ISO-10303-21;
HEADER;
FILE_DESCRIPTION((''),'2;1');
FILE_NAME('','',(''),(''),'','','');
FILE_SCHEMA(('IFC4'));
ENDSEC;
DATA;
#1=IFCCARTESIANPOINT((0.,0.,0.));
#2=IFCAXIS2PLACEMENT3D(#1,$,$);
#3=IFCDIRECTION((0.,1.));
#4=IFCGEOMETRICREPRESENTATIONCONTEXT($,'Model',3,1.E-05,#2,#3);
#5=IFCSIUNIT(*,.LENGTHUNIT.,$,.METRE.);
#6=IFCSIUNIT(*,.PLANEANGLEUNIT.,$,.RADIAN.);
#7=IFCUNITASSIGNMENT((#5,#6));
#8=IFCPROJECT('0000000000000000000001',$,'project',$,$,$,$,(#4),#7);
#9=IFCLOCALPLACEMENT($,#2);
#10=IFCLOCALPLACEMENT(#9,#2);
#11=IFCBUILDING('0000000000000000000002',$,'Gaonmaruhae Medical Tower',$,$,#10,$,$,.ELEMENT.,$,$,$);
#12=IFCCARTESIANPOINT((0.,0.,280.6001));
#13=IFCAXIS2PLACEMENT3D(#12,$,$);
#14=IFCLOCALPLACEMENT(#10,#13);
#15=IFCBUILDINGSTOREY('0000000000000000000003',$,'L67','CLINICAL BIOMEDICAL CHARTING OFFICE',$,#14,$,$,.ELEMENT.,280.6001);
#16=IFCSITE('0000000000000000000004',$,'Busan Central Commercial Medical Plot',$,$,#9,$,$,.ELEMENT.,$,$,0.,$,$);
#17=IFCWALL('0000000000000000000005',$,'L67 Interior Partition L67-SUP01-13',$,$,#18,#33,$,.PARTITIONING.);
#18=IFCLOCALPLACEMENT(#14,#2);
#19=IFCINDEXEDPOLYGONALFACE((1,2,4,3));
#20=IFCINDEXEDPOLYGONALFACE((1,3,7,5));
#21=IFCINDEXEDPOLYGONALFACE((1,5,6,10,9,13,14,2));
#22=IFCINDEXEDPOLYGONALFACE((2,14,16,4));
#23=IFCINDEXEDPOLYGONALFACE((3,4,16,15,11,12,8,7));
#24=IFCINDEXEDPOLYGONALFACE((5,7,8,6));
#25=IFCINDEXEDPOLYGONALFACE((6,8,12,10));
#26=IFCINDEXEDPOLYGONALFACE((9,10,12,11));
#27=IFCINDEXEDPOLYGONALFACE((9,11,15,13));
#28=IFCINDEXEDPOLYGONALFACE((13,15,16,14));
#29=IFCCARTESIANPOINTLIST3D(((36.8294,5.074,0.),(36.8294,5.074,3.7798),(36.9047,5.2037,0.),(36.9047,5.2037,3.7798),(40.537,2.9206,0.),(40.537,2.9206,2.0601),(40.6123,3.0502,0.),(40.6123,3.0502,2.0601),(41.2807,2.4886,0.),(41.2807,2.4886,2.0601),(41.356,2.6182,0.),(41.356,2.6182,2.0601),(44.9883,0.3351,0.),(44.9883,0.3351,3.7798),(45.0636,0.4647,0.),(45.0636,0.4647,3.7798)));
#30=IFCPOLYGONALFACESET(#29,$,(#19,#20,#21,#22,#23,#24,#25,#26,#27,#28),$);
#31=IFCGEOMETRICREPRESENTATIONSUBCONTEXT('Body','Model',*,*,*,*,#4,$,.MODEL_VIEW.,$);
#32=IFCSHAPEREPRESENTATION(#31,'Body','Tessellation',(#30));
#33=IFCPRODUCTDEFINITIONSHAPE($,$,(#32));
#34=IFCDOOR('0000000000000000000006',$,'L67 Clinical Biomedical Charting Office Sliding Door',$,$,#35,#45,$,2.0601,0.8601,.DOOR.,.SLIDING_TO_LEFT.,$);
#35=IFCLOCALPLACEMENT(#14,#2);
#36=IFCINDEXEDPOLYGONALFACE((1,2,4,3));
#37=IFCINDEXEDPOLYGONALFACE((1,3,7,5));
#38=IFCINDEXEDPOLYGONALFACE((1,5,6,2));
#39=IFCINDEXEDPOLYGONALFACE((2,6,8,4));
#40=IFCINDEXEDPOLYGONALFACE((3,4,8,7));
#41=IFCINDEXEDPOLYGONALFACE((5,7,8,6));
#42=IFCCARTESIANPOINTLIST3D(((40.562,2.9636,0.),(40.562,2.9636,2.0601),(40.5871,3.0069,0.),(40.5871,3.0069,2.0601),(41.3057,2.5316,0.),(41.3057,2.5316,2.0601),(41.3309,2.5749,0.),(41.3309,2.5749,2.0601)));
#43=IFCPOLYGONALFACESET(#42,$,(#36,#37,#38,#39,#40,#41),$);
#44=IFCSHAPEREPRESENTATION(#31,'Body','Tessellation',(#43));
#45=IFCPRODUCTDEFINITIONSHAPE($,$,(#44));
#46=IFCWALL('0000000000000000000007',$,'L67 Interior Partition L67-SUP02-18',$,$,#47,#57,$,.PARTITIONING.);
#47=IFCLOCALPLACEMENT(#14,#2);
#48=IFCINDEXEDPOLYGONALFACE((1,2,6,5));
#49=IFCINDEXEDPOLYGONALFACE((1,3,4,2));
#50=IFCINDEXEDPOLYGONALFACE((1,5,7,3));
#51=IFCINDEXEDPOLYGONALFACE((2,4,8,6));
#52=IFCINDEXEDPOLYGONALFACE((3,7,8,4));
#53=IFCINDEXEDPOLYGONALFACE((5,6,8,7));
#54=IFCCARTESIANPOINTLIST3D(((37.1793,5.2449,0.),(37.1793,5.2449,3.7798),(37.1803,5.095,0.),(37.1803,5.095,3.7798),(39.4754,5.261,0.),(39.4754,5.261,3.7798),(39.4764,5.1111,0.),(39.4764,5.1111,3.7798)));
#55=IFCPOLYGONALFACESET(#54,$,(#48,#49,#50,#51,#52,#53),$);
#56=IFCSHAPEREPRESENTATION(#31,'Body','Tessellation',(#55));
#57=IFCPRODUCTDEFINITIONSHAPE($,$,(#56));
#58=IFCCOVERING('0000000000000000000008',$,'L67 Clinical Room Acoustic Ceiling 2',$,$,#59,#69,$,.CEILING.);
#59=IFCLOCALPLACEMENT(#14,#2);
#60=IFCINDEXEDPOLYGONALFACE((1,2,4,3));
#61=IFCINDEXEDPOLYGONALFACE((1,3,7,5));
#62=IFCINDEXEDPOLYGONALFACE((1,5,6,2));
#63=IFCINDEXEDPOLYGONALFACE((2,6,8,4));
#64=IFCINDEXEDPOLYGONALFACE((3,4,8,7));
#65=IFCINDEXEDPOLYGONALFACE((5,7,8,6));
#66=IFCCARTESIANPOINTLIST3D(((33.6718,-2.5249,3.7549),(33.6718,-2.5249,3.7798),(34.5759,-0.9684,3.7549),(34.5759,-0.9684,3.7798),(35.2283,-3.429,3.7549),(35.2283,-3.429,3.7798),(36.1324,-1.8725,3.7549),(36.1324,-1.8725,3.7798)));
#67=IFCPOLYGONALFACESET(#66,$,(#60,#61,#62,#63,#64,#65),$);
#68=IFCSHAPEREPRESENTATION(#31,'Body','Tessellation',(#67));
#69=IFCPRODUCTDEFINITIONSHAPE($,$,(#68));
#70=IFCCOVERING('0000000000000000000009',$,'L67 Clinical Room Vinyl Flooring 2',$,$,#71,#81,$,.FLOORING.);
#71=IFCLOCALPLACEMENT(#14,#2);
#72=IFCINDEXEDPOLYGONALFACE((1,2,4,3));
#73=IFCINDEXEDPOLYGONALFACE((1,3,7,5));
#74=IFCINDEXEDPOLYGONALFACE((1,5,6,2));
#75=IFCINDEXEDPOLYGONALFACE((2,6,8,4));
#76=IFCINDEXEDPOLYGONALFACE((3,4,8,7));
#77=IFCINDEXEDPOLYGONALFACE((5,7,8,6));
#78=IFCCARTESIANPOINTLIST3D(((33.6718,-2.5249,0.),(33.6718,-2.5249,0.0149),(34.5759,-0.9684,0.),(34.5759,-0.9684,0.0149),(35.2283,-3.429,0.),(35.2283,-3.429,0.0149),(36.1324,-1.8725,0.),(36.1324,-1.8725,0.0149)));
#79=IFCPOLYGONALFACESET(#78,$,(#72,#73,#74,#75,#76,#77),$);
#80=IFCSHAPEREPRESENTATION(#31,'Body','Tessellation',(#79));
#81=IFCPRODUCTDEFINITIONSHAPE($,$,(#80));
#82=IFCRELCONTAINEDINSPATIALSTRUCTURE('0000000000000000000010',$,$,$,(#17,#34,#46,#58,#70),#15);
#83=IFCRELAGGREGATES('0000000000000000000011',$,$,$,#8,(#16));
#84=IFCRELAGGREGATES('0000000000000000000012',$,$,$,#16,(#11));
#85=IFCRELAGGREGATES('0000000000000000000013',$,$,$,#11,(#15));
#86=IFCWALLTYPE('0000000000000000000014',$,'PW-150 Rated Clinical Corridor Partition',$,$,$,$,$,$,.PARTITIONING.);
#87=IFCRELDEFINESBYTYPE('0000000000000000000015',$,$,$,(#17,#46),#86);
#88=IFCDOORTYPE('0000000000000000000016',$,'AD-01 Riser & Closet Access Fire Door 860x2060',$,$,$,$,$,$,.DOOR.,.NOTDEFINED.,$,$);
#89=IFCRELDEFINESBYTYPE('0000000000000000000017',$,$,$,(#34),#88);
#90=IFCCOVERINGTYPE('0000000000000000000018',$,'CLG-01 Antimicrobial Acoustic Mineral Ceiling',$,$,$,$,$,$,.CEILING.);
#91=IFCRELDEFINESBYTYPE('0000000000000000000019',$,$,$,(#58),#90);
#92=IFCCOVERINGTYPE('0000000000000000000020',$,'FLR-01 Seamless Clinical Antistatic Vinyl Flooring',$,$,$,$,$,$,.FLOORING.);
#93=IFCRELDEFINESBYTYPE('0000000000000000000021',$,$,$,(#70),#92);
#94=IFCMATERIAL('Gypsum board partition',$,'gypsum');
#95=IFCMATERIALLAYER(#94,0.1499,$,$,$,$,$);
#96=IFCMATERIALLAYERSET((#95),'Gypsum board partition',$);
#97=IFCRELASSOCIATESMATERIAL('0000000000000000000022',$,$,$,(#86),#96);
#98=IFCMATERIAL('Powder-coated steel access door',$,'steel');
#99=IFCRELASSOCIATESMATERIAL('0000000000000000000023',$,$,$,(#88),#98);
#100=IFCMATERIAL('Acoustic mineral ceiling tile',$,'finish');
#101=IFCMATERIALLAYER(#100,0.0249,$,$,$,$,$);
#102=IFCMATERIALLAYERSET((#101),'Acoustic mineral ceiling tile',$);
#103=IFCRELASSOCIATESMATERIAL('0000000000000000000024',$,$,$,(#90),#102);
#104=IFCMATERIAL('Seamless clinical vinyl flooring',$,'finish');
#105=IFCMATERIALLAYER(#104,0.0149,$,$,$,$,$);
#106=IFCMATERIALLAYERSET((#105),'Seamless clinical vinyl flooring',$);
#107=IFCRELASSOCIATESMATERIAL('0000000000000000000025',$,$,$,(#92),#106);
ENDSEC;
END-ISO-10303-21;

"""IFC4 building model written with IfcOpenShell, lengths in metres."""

from ifc_helpers import new_model, si_unit, direction, frame, frame_2d, origin, origin_2d, place, context, subcontext, project, spatial, rectangle, extrude, material, layer, layer_set, type_object, element, fill, save


model = new_model("IFC4")

# Units and contexts
model_context = context("Model", 3, precision=1e-05, world=origin(), true_north=direction((0.0, 1.0)))
body_context = subcontext(model_context, "Body", "Model", "MODEL_VIEW")
ifc_project = project(units=[si_unit("LENGTHUNIT", "METRE"), si_unit("PLANEANGLEUNIT", "RADIAN")], contexts=[model_context])

# Site, building, storey
site_placement = place(None, origin())
site = spatial("IfcSite", under=ifc_project, at=site_placement, Name="Busan Central Commercial Medical Plot", CompositionType="ELEMENT", RefElevation=0.0)
building_placement = place(site_placement, origin())
building = spatial("IfcBuilding", under=site, at=building_placement, Name="Gaonmaruhae Medical Tower", CompositionType="ELEMENT")
storey_placement = place(building_placement, frame((0.0, 0.0, 280.6001)))
storey = spatial("IfcBuildingStorey", under=building, at=storey_placement, Name="L67", Description="CLINICAL BIOMEDICAL CHARTING OFFICE", CompositionType="ELEMENT", Elevation=280.6001)

# Shared definitions
ifc_material_1 = material(Name="Gypsum board partition", Category="gypsum")
ifc_layer_1 = layer(ifc_material_1, 0.1499)
ifc_layer_set_1 = layer_set([ifc_layer_1], Name="Gypsum board partition")
wall_type_1 = type_object("IfcWallType", Name="PW-150 Rated Clinical Corridor Partition", PredefinedType="PARTITIONING", material=ifc_layer_set_1)

# Wall, opening, door
wall_1_placement = place(storey_placement, frame((36.8669, 5.1389, 0.0), z_axis=(0.0, 0.0, 1.0), x_axis=(0.864717, -0.50226, 0.0)))
wall_1 = element("IfcWall", 1, at=wall_1_placement, inside=storey, type_object=wall_type_1, Name="L67 Interior Partition L67-SUP01-13", PredefinedType="PARTITIONING", context=body_context, shape_type="SweptSolid", body=[
    extrude(rectangle(XDim=9.4353, YDim=0.1499, at=frame_2d((4.7178, 0.0))), origin(), (0.0, 0.0, 1.0), 3.7798),
])
opening_1_placement = place(wall_1_placement, frame((4.2876, 0.0, 0.0)))
opening_1 = element("IfcOpeningElement", 2, at=opening_1_placement, cuts=wall_1, PredefinedType="OPENING", context=body_context, shape_type="SweptSolid", body=[
    extrude(rectangle(XDim=0.8601, YDim=2.0601, at=frame_2d((0.4302, 1.03))), frame((0.0, 0.085, 0.0), z_axis=(0.0, -1.0, 0.0), x_axis=(1.0, 0.0, 0.0)), (0.0, 0.0, 1.0), 0.1699),
])
ifc_material_2 = material(Name="Powder-coated steel access door", Category="steel")
door_type = type_object("IfcDoorType", Name="AD-01 Riser & Closet Access Fire Door 860x2060", OperationType="NOTDEFINED", PredefinedType="DOOR", material=ifc_material_2)
door_placement = place(opening_1_placement, origin())
door = element("IfcDoor", 3, at=door_placement, inside=storey, type_object=door_type, Name="L67 Clinical Biomedical Charting Office Sliding Door", OperationType="SLIDING_TO_LEFT", OverallHeight=2.0601, OverallWidth=0.8601, PredefinedType="DOOR", context=body_context, shape_type="SweptSolid", body=[
    extrude(rectangle(XDim=0.8601, YDim=2.0601, at=frame_2d((0.4302, 1.03))), frame((0.0, 0.0249, 0.0), z_axis=(0.0, -1.0, 0.0), x_axis=(1.0, 0.0, 0.0)), (0.0, 0.0, 1.0), 0.05),
])
fill(opening_1, door)

# Wall
wall_2_placement = place(storey_placement, frame((37.1799, 5.1699, 0.0), z_axis=(0.0, 0.0, 1.0), x_axis=(0.999975, 0.007017, 0.0)))
element("IfcWall", 4, at=wall_2_placement, inside=storey, type_object=wall_type_1, Name="L67 Interior Partition L67-SUP02-18", PredefinedType="PARTITIONING", context=body_context, shape_type="SweptSolid", body=[
    extrude(rectangle(XDim=2.2961, YDim=0.1499, at=frame_2d((1.1479, 0.0))), origin(), (0.0, 0.0, 1.0), 3.7798),
])

# Coverings
ifc_material_3 = material(Name="Acoustic mineral ceiling tile", Category="finish")
ifc_layer_2 = layer(ifc_material_3, 0.0249)
ifc_layer_set_2 = layer_set([ifc_layer_2], Name="Acoustic mineral ceiling tile")
covering_type_1 = type_object("IfcCoveringType", Name="CLG-01 Antimicrobial Acoustic Mineral Ceiling", PredefinedType="CEILING", material=ifc_layer_set_2)
covering_1_placement = place(storey_placement, frame((34.9021, -2.1987, 3.7549), z_axis=(0.0, 0.0, 1.0), x_axis=(0.502266, 0.864713, 0.0)))
element("IfcCovering", 5, at=covering_1_placement, inside=storey, type_object=covering_type_1, Name="L67 Clinical Room Acoustic Ceiling 2", PredefinedType="CEILING", context=body_context, shape_type="SweptSolid", body=[
    extrude(rectangle(XDim=1.8, YDim=1.8, at=origin_2d()), origin(), (0.0, 0.0, 1.0), 0.0249),
])
ifc_material_4 = material(Name="Seamless clinical vinyl flooring", Category="finish")
ifc_layer_3 = layer(ifc_material_4, 0.0149)
ifc_layer_set_3 = layer_set([ifc_layer_3], Name="Seamless clinical vinyl flooring")
covering_type_2 = type_object("IfcCoveringType", Name="FLR-01 Seamless Clinical Antistatic Vinyl Flooring", PredefinedType="FLOORING", material=ifc_layer_set_3)
covering_2_placement = place(storey_placement, frame((34.9021, -2.1987, 0.0), z_axis=(0.0, 0.0, 1.0), x_axis=(0.502266, 0.864713, 0.0)))
element("IfcCovering", 6, at=covering_2_placement, inside=storey, type_object=covering_type_2, Name="L67 Clinical Room Vinyl Flooring 2", PredefinedType="FLOORING", context=body_context, shape_type="SweptSolid", body=[
    extrude(rectangle(XDim=1.8, YDim=1.8, at=origin_2d()), origin(), (0.0, 0.0, 1.0), 0.0149),
])

save(model, "model.ifc")
